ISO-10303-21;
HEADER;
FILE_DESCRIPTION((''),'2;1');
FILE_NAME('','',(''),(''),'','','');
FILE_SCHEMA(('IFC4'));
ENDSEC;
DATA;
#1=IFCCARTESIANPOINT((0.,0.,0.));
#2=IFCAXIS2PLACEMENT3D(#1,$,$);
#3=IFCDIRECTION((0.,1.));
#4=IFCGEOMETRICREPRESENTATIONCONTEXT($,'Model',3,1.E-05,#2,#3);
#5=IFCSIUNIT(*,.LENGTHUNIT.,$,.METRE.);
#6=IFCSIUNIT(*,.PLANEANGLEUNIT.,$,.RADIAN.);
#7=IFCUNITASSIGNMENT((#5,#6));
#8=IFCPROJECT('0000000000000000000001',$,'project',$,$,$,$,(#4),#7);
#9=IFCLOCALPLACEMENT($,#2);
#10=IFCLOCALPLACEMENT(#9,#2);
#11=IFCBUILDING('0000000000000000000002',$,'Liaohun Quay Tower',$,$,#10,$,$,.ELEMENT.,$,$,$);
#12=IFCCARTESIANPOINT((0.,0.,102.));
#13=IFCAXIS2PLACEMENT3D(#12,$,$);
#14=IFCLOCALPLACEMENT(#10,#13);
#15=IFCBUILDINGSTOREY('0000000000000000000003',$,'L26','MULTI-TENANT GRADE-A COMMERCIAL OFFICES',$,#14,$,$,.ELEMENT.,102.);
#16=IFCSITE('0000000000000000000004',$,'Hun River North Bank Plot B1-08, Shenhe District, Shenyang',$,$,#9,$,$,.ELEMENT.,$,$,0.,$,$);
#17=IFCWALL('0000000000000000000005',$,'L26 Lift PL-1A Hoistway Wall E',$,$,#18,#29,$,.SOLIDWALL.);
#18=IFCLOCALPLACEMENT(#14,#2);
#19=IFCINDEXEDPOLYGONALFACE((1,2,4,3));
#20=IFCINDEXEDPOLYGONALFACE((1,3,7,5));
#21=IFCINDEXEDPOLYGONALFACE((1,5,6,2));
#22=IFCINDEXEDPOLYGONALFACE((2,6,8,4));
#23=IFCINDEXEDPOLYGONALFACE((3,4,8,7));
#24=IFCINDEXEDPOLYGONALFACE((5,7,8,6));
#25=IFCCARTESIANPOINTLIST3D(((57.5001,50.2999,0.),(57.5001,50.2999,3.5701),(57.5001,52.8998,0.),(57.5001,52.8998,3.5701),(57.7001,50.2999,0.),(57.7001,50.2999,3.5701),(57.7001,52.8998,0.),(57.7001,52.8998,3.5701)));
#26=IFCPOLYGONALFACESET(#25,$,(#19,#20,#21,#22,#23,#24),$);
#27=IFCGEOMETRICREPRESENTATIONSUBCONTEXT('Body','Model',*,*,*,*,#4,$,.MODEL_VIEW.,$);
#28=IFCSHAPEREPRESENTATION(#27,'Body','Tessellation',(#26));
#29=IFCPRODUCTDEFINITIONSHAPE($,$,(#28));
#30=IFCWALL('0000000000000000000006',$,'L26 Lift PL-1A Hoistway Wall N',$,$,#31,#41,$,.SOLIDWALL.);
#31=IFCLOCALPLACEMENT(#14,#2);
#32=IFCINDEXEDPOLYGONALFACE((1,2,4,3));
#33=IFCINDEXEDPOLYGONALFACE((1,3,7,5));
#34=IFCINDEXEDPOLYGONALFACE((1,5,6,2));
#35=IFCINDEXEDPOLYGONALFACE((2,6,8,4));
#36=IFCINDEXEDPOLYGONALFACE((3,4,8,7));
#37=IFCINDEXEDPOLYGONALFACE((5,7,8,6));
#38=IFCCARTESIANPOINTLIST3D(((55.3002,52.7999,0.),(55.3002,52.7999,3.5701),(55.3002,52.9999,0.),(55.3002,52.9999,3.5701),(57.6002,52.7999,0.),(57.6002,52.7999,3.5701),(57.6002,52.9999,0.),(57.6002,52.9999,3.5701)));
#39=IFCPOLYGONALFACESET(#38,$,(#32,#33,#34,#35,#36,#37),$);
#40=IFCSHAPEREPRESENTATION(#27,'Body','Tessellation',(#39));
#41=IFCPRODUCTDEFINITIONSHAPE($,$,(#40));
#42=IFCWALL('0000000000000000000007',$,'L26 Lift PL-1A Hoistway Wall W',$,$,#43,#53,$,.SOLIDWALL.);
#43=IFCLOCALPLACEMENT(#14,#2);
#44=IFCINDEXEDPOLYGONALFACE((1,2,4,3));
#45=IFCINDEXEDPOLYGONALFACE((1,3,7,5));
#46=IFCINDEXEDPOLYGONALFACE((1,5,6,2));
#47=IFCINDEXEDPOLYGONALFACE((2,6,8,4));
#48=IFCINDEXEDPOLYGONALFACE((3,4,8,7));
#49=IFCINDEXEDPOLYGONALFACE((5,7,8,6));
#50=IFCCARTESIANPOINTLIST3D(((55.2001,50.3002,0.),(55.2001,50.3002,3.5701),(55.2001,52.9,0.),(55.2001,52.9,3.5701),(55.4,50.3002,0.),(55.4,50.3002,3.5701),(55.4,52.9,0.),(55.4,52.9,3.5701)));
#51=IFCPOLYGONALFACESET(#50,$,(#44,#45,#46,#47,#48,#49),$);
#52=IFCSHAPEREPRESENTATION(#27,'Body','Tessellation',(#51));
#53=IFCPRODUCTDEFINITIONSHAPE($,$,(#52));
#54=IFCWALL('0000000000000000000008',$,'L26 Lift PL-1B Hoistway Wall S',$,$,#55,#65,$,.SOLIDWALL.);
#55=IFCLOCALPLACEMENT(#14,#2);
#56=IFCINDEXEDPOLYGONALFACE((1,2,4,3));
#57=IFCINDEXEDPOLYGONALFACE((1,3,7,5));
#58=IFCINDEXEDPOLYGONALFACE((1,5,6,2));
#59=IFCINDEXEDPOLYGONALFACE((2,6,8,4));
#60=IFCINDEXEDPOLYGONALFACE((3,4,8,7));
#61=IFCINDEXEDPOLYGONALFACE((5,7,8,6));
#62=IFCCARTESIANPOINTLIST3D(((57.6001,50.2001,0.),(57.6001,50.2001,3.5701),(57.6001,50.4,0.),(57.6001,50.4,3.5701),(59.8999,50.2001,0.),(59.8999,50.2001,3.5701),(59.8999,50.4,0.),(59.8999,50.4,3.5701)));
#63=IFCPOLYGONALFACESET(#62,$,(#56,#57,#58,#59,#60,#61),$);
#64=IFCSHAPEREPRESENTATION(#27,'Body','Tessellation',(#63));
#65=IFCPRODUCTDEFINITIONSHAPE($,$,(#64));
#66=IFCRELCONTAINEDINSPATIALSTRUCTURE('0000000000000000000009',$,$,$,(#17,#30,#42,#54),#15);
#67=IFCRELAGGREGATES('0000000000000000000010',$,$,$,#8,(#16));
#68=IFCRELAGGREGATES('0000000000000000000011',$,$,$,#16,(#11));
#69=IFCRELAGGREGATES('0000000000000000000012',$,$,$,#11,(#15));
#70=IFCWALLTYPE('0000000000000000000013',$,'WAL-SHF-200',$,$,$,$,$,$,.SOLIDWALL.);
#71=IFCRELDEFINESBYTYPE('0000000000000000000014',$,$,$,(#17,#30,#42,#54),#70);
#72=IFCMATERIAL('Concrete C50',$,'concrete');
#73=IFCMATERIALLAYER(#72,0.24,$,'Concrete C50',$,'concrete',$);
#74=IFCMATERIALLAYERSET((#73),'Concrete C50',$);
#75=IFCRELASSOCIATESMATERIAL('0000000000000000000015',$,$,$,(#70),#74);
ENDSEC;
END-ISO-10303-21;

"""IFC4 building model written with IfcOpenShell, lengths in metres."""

from ifc_helpers import new_model, si_unit, direction, frame, frame_2d, origin, place, context, subcontext, project, spatial, rectangle, extrude, material, layer, layer_set, type_object, element, save


model = new_model("IFC4")

# Units and contexts
model_context = context("Model", 3, precision=1e-05, world=origin(), true_north=direction((0.0, 1.0)))
body_context = subcontext(model_context, "Body", "Model", "MODEL_VIEW")
ifc_project = project(units=[si_unit("LENGTHUNIT", "METRE"), si_unit("PLANEANGLEUNIT", "RADIAN")], contexts=[model_context])

# Site, building, storey
site_placement = place(None, origin())
site = spatial("IfcSite", under=ifc_project, at=site_placement, Name="Hun River North Bank Plot B1-08, Shenhe District, Shenyang", CompositionType="ELEMENT", RefElevation=0.0)
building_placement = place(site_placement, origin())
building = spatial("IfcBuilding", under=site, at=building_placement, Name="Liaohun Quay Tower", CompositionType="ELEMENT")
storey_placement = place(building_placement, frame((0.0, 0.0, 102.0)))
storey = spatial("IfcBuildingStorey", under=building, at=storey_placement, Name="L26", Description="MULTI-TENANT GRADE-A COMMERCIAL OFFICES", CompositionType="ELEMENT", Elevation=102.0)

# Shared definitions
ifc_material_1 = material(Name="Concrete C50", Category="concrete")

# Shared definitions
ifc_layer_1 = layer(ifc_material_1, 0.24, Name="Concrete C50", Category="concrete")
ifc_layer_set_1 = layer_set([ifc_layer_1], Name="Concrete C50")
wall_type_1 = type_object("IfcWallType", Name="WAL-SHF-200", PredefinedType="SOLIDWALL", material=ifc_layer_set_1)

# Walls
wall_1_placement = place(storey_placement, frame((57.6001, 50.3, 0.0), z_axis=(0.0, 0.0, 1.0), x_axis=(0.0, 1.0, 0.0)))
element("IfcWall", 1, at=wall_1_placement, inside=storey, type_object=wall_type_1, Name="L26 Lift PL-1A Hoistway Wall E", PredefinedType="SOLIDWALL", context=body_context, shape_type="SweptSolid", body=[
    extrude(rectangle(XDim=2.5999, YDim=0.2, at=frame_2d((1.2998, 0.0))), origin(), (0.0, 0.0, 1.0), 3.5701),
])
wall_2_placement = place(storey_placement, frame((57.6001, 52.8999, 0.0), z_axis=(0.0, 0.0, 1.0), x_axis=(-1.0, 0.0, 0.0)))
element("IfcWall", 2, at=wall_2_placement, inside=storey, type_object=wall_type_1, Name="L26 Lift PL-1A Hoistway Wall N", PredefinedType="SOLIDWALL", context=body_context, shape_type="SweptSolid", body=[
    extrude(rectangle(XDim=2.3, YDim=0.2, at=frame_2d((1.1499, 0.0))), origin(), (0.0, 0.0, 1.0), 3.5701),
])
wall_3_placement = place(storey_placement, frame((55.3, 52.8999, 0.0), z_axis=(0.0, 0.0, 1.0), x_axis=(0.0, -1.0, 0.0)))
element("IfcWall", 3, at=wall_3_placement, inside=storey, type_object=wall_type_1, Name="L26 Lift PL-1A Hoistway Wall W", PredefinedType="SOLIDWALL", context=body_context, shape_type="SweptSolid", body=[
    extrude(rectangle(XDim=2.5999, YDim=0.2, at=frame_2d((1.2998, 0.0))), origin(), (0.0, 0.0, 1.0), 3.5701),
])
wall_4_placement = place(storey_placement, frame((57.6001, 50.3, 0.0), z_axis=(0.0, 0.0, 1.0), x_axis=(1.0, 0.0, 0.0)))
element("IfcWall", 4, at=wall_4_placement, inside=storey, type_object=wall_type_1, Name="L26 Lift PL-1B Hoistway Wall S", PredefinedType="SOLIDWALL", context=body_context, shape_type="SweptSolid", body=[
    extrude(rectangle(XDim=2.2998, YDim=0.2, at=frame_2d((1.1499, 0.0))), origin(), (0.0, 0.0, 1.0), 3.5701),
])

save(model, "model.ifc")
